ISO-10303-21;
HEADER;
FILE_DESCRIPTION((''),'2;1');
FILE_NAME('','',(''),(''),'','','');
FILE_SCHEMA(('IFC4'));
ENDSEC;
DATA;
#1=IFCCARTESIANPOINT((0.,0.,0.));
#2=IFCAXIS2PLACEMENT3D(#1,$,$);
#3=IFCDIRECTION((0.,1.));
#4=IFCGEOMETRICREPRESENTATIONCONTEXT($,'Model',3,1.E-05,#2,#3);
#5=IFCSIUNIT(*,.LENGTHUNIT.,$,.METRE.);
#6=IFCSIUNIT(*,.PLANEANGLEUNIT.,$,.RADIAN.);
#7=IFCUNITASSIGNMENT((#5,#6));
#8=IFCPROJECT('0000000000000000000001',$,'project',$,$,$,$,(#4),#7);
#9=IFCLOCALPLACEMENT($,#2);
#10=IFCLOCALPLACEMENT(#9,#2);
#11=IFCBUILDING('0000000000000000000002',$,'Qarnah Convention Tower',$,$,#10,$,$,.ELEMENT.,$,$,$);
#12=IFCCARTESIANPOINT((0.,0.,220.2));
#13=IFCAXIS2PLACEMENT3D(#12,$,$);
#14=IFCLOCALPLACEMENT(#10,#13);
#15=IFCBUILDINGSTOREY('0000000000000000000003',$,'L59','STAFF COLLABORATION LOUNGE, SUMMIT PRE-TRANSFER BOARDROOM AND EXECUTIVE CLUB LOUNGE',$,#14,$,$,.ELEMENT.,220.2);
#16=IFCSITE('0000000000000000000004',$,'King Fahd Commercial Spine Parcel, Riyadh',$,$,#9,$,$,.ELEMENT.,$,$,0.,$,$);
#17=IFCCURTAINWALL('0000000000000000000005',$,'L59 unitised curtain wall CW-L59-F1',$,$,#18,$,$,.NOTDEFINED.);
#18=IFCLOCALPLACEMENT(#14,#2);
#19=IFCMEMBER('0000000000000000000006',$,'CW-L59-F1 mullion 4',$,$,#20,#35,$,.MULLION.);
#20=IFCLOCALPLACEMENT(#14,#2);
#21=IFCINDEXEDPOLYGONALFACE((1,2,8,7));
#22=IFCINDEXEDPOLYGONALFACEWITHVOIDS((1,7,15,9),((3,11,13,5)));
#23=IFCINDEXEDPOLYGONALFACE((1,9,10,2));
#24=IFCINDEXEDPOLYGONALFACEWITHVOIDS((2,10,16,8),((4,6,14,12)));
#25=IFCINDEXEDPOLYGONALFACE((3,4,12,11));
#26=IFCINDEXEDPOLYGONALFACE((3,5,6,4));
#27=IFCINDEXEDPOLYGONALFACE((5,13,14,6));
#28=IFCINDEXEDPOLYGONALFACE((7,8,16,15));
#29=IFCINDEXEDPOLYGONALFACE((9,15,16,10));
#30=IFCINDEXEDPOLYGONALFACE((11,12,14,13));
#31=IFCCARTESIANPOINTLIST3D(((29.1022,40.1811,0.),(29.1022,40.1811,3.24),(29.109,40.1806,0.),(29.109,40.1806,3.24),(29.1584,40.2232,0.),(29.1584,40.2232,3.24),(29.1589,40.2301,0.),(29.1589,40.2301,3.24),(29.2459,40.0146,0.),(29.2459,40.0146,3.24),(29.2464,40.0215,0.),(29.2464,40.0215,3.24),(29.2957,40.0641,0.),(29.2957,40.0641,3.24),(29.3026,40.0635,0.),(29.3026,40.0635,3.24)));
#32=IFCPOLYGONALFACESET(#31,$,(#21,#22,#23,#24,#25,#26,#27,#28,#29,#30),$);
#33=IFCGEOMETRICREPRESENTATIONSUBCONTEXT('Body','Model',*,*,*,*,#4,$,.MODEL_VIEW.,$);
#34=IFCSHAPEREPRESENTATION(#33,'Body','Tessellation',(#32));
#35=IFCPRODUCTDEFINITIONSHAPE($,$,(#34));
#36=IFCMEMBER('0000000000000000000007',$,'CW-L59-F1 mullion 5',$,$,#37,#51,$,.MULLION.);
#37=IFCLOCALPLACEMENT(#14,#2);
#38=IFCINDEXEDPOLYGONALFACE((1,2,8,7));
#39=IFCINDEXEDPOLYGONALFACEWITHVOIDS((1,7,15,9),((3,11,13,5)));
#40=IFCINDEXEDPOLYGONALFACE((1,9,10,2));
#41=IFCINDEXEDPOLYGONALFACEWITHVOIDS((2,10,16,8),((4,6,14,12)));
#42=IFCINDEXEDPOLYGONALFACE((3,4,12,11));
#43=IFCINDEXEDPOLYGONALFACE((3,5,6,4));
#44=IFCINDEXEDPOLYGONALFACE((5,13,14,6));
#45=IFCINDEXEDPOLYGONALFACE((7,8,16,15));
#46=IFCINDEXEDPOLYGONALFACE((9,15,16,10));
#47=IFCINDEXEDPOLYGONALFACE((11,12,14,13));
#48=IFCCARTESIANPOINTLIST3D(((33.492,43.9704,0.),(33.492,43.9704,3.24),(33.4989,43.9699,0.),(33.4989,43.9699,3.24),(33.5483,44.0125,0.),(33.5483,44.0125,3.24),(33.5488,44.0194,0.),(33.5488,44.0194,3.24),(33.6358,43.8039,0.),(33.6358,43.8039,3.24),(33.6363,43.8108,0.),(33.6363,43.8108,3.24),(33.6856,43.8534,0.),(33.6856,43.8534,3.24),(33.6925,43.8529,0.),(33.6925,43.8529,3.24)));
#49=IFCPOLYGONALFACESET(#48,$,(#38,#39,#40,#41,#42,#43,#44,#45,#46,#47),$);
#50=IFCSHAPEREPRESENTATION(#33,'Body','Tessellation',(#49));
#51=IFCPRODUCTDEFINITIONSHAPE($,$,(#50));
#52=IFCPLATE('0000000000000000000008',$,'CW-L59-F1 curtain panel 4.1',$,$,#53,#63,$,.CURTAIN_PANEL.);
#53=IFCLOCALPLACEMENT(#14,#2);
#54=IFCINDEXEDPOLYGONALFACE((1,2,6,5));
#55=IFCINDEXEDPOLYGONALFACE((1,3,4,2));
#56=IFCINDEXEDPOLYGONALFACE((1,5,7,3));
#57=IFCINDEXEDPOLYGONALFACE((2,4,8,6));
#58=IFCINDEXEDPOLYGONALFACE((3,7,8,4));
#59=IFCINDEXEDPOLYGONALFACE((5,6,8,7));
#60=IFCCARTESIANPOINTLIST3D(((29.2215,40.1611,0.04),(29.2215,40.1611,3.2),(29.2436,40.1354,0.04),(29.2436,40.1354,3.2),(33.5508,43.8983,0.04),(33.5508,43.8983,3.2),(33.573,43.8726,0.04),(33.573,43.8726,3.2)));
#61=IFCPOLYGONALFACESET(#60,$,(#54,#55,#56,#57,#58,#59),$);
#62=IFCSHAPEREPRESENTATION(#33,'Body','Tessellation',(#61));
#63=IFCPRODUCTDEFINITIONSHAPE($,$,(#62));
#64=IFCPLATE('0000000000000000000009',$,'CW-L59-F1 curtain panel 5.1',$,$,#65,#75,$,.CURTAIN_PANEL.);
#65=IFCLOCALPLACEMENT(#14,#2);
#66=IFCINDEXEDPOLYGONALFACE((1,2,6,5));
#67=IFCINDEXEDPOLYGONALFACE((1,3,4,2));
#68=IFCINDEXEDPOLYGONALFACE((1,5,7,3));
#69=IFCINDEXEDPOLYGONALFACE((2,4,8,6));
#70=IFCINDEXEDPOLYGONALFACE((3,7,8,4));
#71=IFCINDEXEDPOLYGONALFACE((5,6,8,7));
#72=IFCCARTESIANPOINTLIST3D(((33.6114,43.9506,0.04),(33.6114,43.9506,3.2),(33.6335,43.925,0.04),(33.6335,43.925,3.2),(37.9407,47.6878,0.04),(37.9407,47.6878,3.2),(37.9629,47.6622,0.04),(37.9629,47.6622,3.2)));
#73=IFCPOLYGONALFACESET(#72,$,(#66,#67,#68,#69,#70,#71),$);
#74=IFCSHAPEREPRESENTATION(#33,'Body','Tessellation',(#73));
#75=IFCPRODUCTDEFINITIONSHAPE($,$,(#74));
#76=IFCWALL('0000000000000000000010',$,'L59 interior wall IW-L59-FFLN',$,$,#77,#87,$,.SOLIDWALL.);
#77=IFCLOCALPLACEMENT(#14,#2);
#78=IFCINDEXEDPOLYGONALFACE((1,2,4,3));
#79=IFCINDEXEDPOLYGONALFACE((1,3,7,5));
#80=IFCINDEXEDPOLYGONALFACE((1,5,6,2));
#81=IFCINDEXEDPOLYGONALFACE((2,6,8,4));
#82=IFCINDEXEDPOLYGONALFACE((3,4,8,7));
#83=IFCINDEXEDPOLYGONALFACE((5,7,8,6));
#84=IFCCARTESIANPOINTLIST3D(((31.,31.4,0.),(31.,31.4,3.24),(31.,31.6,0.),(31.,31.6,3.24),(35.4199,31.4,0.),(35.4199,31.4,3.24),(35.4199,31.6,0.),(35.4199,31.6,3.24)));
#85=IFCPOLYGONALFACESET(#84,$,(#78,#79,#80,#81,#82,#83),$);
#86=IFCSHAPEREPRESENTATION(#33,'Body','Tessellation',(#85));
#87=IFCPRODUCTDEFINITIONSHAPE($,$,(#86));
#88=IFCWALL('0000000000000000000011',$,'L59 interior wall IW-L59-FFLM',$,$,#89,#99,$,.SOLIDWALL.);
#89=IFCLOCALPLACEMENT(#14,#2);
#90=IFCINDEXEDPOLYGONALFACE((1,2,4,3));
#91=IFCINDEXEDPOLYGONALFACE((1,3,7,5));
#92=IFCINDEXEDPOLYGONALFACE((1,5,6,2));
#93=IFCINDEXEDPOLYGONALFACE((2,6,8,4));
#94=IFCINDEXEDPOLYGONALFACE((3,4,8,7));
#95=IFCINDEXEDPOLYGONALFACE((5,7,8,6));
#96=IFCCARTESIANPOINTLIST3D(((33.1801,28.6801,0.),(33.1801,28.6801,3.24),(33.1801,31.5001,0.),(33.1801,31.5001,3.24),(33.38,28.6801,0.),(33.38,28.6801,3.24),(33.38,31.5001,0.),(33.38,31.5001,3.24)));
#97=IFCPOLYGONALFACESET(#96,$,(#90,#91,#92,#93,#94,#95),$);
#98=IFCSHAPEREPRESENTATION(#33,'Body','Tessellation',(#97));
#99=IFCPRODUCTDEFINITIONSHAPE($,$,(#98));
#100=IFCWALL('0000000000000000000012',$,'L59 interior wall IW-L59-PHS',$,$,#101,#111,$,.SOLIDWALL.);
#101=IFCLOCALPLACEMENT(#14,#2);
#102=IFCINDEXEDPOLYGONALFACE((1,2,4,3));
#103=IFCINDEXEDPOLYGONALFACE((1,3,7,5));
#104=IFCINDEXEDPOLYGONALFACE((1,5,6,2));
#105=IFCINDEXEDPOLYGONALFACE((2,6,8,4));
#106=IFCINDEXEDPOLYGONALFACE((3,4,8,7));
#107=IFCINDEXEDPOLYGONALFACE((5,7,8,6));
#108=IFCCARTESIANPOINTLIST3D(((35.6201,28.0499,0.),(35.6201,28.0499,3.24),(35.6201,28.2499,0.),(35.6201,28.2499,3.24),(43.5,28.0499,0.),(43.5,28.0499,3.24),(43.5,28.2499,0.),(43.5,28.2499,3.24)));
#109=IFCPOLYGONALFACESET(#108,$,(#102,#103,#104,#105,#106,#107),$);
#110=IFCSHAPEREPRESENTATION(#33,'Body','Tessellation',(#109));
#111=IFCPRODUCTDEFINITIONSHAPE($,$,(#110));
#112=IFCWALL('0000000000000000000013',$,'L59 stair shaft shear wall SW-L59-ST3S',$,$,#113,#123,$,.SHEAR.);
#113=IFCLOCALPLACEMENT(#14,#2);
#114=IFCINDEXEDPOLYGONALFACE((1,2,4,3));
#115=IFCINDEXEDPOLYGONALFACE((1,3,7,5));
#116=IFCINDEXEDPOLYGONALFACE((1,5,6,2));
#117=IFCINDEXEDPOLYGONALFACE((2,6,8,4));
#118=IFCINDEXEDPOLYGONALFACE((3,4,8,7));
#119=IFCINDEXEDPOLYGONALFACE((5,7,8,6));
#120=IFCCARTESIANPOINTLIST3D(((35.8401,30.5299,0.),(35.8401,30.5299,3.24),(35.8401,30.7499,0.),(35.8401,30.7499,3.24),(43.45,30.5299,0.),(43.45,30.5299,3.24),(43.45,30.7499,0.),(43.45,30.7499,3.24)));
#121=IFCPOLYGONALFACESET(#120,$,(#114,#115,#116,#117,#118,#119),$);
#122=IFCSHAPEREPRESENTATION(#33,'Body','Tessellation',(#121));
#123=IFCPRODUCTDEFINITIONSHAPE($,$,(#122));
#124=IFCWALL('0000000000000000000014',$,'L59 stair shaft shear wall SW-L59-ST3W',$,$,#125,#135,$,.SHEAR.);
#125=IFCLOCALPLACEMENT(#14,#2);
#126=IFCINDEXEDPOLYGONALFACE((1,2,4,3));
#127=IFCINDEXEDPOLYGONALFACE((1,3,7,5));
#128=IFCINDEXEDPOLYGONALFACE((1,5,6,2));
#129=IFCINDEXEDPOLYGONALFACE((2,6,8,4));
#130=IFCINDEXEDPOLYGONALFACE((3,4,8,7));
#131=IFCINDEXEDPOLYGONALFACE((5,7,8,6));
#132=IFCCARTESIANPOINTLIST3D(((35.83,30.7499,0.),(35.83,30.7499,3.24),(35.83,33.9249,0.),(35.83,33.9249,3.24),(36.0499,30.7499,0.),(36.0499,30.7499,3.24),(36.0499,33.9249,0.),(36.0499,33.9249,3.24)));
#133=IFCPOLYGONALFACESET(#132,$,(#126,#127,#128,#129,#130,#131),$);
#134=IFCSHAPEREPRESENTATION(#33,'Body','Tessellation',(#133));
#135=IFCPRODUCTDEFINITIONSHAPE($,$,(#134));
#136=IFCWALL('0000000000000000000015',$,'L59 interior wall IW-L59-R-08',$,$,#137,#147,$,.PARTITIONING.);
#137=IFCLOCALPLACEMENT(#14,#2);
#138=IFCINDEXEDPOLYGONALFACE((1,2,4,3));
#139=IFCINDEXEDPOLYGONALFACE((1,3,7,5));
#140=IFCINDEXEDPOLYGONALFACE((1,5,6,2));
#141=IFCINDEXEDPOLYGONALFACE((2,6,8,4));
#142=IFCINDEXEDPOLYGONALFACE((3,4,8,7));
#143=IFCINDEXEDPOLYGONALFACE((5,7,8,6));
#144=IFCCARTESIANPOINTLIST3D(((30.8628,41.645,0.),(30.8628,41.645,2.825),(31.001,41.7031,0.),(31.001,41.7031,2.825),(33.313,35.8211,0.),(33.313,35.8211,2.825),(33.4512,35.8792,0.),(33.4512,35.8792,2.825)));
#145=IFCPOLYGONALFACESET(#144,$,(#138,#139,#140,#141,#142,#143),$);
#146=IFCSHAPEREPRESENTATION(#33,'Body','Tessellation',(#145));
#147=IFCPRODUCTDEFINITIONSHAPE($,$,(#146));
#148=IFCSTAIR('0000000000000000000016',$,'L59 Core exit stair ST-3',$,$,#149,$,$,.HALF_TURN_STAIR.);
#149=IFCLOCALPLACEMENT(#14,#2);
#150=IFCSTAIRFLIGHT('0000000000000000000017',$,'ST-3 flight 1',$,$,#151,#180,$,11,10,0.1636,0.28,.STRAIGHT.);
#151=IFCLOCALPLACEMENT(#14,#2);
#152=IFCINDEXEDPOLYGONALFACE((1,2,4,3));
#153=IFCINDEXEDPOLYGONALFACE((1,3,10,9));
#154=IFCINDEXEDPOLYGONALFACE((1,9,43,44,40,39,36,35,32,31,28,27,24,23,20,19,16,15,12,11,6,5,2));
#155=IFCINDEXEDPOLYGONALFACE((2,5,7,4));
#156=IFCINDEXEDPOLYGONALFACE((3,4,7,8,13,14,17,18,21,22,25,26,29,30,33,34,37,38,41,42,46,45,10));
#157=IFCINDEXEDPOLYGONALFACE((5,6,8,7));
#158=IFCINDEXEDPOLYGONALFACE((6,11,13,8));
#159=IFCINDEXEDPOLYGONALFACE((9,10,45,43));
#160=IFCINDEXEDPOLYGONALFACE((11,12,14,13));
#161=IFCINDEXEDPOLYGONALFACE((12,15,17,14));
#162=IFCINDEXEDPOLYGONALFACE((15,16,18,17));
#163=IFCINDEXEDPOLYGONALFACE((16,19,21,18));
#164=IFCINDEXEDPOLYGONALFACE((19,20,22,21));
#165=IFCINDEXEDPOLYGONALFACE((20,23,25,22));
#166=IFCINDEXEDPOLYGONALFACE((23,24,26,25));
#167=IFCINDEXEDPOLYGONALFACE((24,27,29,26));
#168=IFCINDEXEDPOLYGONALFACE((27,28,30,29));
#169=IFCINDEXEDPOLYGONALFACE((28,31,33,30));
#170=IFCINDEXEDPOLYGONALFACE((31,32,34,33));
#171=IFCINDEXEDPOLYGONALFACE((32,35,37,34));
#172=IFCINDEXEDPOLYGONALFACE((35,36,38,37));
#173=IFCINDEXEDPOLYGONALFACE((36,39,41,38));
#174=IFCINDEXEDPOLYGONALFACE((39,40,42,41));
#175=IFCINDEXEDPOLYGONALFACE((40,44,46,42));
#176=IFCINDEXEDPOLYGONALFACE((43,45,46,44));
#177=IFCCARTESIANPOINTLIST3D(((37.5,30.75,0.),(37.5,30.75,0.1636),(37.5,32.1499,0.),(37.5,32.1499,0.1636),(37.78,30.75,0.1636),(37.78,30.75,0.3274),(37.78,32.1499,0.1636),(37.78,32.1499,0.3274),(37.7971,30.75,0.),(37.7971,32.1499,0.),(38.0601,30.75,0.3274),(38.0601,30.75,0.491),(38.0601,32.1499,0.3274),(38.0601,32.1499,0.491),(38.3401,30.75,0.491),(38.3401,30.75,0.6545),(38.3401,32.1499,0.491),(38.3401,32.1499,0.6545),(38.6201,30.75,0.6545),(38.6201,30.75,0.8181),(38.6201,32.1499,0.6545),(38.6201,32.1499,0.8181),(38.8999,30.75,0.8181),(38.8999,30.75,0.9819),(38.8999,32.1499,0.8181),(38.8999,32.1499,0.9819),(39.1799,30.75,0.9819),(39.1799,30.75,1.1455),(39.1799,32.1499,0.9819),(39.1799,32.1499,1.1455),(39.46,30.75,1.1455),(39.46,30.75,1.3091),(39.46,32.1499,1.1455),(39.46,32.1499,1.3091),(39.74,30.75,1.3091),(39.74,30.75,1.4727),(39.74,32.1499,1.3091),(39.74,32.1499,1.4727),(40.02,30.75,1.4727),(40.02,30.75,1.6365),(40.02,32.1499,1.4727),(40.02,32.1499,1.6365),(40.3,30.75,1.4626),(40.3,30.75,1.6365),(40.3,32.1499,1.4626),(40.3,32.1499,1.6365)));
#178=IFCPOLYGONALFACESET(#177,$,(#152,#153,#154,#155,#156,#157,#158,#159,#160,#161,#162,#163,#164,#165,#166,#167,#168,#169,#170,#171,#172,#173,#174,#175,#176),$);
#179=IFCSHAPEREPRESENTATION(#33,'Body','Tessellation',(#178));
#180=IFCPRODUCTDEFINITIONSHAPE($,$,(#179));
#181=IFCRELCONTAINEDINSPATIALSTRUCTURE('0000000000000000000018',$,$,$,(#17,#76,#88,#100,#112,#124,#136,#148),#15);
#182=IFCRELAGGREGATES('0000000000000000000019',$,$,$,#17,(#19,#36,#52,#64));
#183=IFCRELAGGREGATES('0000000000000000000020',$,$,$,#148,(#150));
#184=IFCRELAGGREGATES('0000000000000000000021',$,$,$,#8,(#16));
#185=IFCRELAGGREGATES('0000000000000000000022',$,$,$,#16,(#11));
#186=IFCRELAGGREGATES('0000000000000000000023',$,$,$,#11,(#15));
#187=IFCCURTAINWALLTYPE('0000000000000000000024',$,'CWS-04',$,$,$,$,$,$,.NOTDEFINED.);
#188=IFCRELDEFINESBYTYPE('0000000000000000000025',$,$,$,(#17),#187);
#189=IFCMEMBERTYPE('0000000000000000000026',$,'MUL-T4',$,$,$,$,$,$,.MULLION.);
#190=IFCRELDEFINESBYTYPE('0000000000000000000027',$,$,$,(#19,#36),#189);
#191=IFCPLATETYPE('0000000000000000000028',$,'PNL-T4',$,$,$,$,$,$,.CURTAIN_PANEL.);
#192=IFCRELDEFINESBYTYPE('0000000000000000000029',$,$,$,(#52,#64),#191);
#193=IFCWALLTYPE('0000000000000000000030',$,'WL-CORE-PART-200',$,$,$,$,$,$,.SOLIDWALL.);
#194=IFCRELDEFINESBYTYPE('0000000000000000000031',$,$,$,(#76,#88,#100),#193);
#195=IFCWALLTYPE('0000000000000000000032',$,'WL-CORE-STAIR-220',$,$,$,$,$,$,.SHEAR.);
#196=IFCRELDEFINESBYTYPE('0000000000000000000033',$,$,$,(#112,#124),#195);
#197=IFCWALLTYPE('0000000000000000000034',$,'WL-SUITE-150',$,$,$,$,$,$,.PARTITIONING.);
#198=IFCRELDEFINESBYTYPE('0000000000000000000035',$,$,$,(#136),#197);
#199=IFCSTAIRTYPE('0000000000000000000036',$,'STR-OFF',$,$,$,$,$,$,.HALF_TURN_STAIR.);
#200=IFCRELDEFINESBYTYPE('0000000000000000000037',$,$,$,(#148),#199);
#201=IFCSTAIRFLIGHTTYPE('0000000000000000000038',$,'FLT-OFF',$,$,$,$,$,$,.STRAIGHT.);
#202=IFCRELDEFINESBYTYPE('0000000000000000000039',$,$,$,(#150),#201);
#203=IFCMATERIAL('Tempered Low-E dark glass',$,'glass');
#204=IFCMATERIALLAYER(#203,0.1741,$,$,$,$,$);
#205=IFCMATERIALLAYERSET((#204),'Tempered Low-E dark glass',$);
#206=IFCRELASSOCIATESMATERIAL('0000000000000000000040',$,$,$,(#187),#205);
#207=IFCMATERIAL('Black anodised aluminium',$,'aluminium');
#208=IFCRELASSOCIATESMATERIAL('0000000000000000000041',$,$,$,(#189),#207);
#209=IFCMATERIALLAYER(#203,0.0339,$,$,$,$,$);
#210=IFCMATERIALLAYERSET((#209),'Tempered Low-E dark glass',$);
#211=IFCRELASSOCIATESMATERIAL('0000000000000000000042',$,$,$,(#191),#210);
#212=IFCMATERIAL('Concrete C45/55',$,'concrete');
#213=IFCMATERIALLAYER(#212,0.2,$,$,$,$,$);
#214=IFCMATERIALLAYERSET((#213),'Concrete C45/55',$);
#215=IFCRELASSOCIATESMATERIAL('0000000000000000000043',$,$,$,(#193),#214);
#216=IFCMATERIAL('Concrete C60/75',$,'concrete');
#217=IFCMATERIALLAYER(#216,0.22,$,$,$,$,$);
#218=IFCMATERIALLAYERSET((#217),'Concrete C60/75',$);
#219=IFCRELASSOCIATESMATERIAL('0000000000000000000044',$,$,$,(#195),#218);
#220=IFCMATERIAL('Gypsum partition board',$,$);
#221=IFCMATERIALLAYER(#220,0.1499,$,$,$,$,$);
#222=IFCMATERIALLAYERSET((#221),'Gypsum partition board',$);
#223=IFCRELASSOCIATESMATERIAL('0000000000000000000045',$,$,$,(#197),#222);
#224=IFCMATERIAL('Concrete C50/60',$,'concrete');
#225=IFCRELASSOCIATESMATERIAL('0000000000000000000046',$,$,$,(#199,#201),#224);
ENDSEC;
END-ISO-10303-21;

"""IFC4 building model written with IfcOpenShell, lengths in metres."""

from ifc_helpers import new_model, si_unit, direction, frame, frame_2d, origin, origin_2d, place, context, subcontext, project, spatial, polyline, rectangle, hollow_rectangle, outline, extrude, material, layer, layer_set, material_profile, profile_set, type_object, element, aggregate, save


model = new_model("IFC4")

# Units and contexts
model_context = context("Model", 3, precision=1e-05, world=origin(), true_north=direction((0.0, 1.0)))
body_context = subcontext(model_context, "Body", "Model", "MODEL_VIEW")
ifc_project = project(units=[si_unit("LENGTHUNIT", "METRE"), si_unit("PLANEANGLEUNIT", "RADIAN")], contexts=[model_context])

# Site, building, storey
site_placement = place(None, origin())
site = spatial("IfcSite", under=ifc_project, at=site_placement, Name="King Fahd Commercial Spine Parcel, Riyadh", CompositionType="ELEMENT", RefElevation=0.0)
building_placement = place(site_placement, origin())
building = spatial("IfcBuilding", under=site, at=building_placement, Name="Qarnah Convention Tower", CompositionType="ELEMENT")
storey_placement = place(building_placement, frame((0.0, 0.0, 220.2)))
storey = spatial("IfcBuildingStorey", under=building, at=storey_placement, Name="L59", Description="STAFF COLLABORATION LOUNGE, SUMMIT PRE-TRANSFER BOARDROOM AND EXECUTIVE CLUB LOUNGE", CompositionType="ELEMENT", Elevation=220.2)

# Shared definitions
ifc_material_1 = material(Name="Concrete C50/60", Category="concrete")

# Curtain wall, members, plates
ifc_material_2 = material(Name="Tempered Low-E dark glass", Category="glass")
ifc_layer_1 = layer(ifc_material_2, 0.1741)
ifc_layer_set_1 = layer_set([ifc_layer_1], Name="Tempered Low-E dark glass")
curtain_wall_type = type_object("IfcCurtainWallType", Name="CWS-04", PredefinedType="NOTDEFINED", material=ifc_layer_set_1)
curtain_wall_placement = place(storey_placement, origin())
curtain_wall = element("IfcCurtainWall", 1, at=curtain_wall_placement, inside=storey, type_object=curtain_wall_type, Name="L59 unitised curtain wall CW-L59-F1", PredefinedType="NOTDEFINED")
ifc_material_3 = material(Name="Black anodised aluminium", Category="aluminium")
ifc_material_profile_1 = material_profile(ifc_material_3, hollow_rectangle(XDim=0.075, YDim=0.22, WallThickness=0.0049, at=origin_2d()), Name="MUL-75X220")
ifc_profile_set_1 = profile_set([ifc_material_profile_1], Name="Black anodised aluminium")
member_type = type_object("IfcMemberType", Name="MUL-T4", PredefinedType="MULLION", material=ifc_profile_set_1)
member_1_placement = place(storey_placement, frame((29.2024, 40.1223, 0.0), z_axis=(0.0, 0.0, 1.0), x_axis=(0.756976, 0.653443, 0.0)))
member_1 = element("IfcMember", 2, at=member_1_placement, type_object=member_type, Name="CW-L59-F1 mullion 4", PredefinedType="MULLION", context=body_context, shape_type="SweptSolid", body=[
    extrude(hollow_rectangle(XDim=0.075, YDim=0.22, WallThickness=0.0049, at=origin_2d()), origin(), (0.0, 0.0, 1.0), 3.24),
])
member_2_placement = place(storey_placement, frame((33.5923, 43.9116, 0.0), z_axis=(0.0, 0.0, 1.0), x_axis=(0.756976, 0.653443, 0.0)))
member_2 = element("IfcMember", 3, at=member_2_placement, type_object=member_type, Name="CW-L59-F1 mullion 5", PredefinedType="MULLION", context=body_context, shape_type="SweptSolid", body=[
    extrude(hollow_rectangle(XDim=0.075, YDim=0.22, WallThickness=0.0049, at=origin_2d()), origin(), (0.0, 0.0, 1.0), 3.24),
])
ifc_layer_2 = layer(ifc_material_2, 0.0339)
ifc_layer_set_2 = layer_set([ifc_layer_2], Name="Tempered Low-E dark glass")
plate_type = type_object("IfcPlateType", Name="PNL-T4", PredefinedType="CURTAIN_PANEL", material=ifc_layer_set_2)
plate_1_placement = place(storey_placement, frame((31.3972, 42.0168, 0.04), z_axis=(0.0, 0.0, 1.0), x_axis=(0.756976, 0.653443, 0.0)))
plate_1 = element("IfcPlate", 4, at=plate_1_placement, type_object=plate_type, Name="CW-L59-F1 curtain panel 4.1", PredefinedType="CURTAIN_PANEL", context=body_context, shape_type="SweptSolid", body=[
    extrude(rectangle(XDim=5.7192, YDim=0.0339, at=origin_2d()), origin(), (0.0, 0.0, 1.0), 3.1599),
])
plate_2_placement = place(storey_placement, frame((35.7871, 45.8064, 0.04), z_axis=(0.0, 0.0, 1.0), x_axis=(0.756976, 0.653443, 0.0)))
plate_2 = element("IfcPlate", 5, at=plate_2_placement, type_object=plate_type, Name="CW-L59-F1 curtain panel 5.1", PredefinedType="CURTAIN_PANEL", context=body_context, shape_type="SweptSolid", body=[
    extrude(rectangle(XDim=5.7192, YDim=0.0339, at=origin_2d()), origin(), (0.0, 0.0, 1.0), 3.1599),
])
aggregate(curtain_wall, [member_1, member_2, plate_1, plate_2])

# Shared definitions
ifc_material_4 = material(Name="Concrete C45/55", Category="concrete")
ifc_layer_3 = layer(ifc_material_4, 0.2)
ifc_layer_set_3 = layer_set([ifc_layer_3], Name="Concrete C45/55")
wall_type_1 = type_object("IfcWallType", Name="WL-CORE-PART-200", PredefinedType="SOLIDWALL", material=ifc_layer_set_3)

# Walls
wall_1_placement = place(storey_placement, frame((31.0, 31.5, 0.0), z_axis=(0.0, 0.0, 1.0), x_axis=(1.0, 0.0, 0.0)))
element("IfcWall", 6, at=wall_1_placement, inside=storey, type_object=wall_type_1, Name="L59 interior wall IW-L59-FFLN", PredefinedType="SOLIDWALL", context=body_context, shape_type="SweptSolid", body=[
    extrude(rectangle(XDim=4.4199, YDim=0.2, at=frame_2d((2.21, 0.0))), origin(), (0.0, 0.0, 1.0), 3.24),
])
wall_2_placement = place(storey_placement, frame((33.28, 28.6799, 0.0), z_axis=(0.0, 0.0, 1.0), x_axis=(0.0, 1.0, 0.0)))
element("IfcWall", 7, at=wall_2_placement, inside=storey, type_object=wall_type_1, Name="L59 interior wall IW-L59-FFLM", PredefinedType="SOLIDWALL", context=body_context, shape_type="SweptSolid", body=[
    extrude(rectangle(XDim=2.8201, YDim=0.2, at=frame_2d((1.4102, 0.0))), origin(), (0.0, 0.0, 1.0), 3.24),
])
wall_3_placement = place(storey_placement, frame((35.6201, 28.1499, 0.0), z_axis=(0.0, 0.0, 1.0), x_axis=(1.0, 0.0, 0.0)))
element("IfcWall", 8, at=wall_3_placement, inside=storey, type_object=wall_type_1, Name="L59 interior wall IW-L59-PHS", PredefinedType="SOLIDWALL", context=body_context, shape_type="SweptSolid", body=[
    extrude(rectangle(XDim=7.8799, YDim=0.2, at=frame_2d((3.9399, 0.0))), origin(), (0.0, 0.0, 1.0), 3.24),
])

# Walls
ifc_material_5 = material(Name="Concrete C60/75", Category="concrete")
ifc_layer_4 = layer(ifc_material_5, 0.22)
ifc_layer_set_4 = layer_set([ifc_layer_4], Name="Concrete C60/75")
wall_type_2 = type_object("IfcWallType", Name="WL-CORE-STAIR-220", PredefinedType="SHEAR", material=ifc_layer_set_4)
wall_4_placement = place(storey_placement, frame((35.8401, 30.6399, 0.0), z_axis=(0.0, 0.0, 1.0), x_axis=(1.0, 0.0, 0.0)))
element("IfcWall", 9, at=wall_4_placement, inside=storey, type_object=wall_type_2, Name="L59 stair shaft shear wall SW-L59-ST3S", PredefinedType="SHEAR", context=body_context, shape_type="SweptSolid", body=[
    extrude(rectangle(XDim=7.6099, YDim=0.22, at=frame_2d((3.8049, 0.0))), origin(), (0.0, 0.0, 1.0), 3.24),
])
wall_5_placement = place(storey_placement, frame((35.9399, 30.75, 0.0), z_axis=(0.0, 0.0, 1.0), x_axis=(0.0, 1.0, 0.0)))
element("IfcWall", 10, at=wall_5_placement, inside=storey, type_object=wall_type_2, Name="L59 stair shaft shear wall SW-L59-ST3W", PredefinedType="SHEAR", context=body_context, shape_type="SweptSolid", body=[
    extrude(rectangle(XDim=3.175, YDim=0.22, at=frame_2d((1.5874, 0.0))), origin(), (0.0, 0.0, 1.0), 3.24),
])
ifc_material_6 = material(Name="Gypsum partition board")
ifc_layer_5 = layer(ifc_material_6, 0.1499)
ifc_layer_set_5 = layer_set([ifc_layer_5], Name="Gypsum partition board")
wall_type_3 = type_object("IfcWallType", Name="WL-SUITE-150", PredefinedType="PARTITIONING", material=ifc_layer_set_5)
wall_6_placement = place(storey_placement, frame((30.9319, 41.6741, 0.0), z_axis=(0.0, 0.0, 1.0), x_axis=(0.387788, -0.921749, 0.0)))
element("IfcWall", 11, at=wall_6_placement, inside=storey, type_object=wall_type_3, Name="L59 interior wall IW-L59-R-08", PredefinedType="PARTITIONING", context=body_context, shape_type="SweptSolid", body=[
    extrude(rectangle(XDim=6.3184, YDim=0.1499, at=frame_2d((3.1592, 0.0))), origin(), (0.0, 0.0, 1.0), 2.825),
])

# Stair, stair flight
stair_type = type_object("IfcStairType", Name="STR-OFF", PredefinedType="HALF_TURN_STAIR", material=ifc_material_1)
stair_placement = place(storey_placement, origin())
stair = element("IfcStair", 12, at=stair_placement, inside=storey, type_object=stair_type, Name="L59 Core exit stair ST-3", PredefinedType="HALF_TURN_STAIR")
stair_flight_type = type_object("IfcStairFlightType", Name="FLT-OFF", PredefinedType="STRAIGHT", material=ifc_material_1)
stair_flight_placement = place(storey_placement, frame((37.5, 31.45, 0.0), z_axis=(0.0, 0.0, 1.0), x_axis=(1.0, 0.0, 0.0)))
stair_flight = element("IfcStairFlight", 13, at=stair_flight_placement, type_object=stair_flight_type, Name="ST-3 flight 1", NumberOfRisers=11, NumberOfTreads=10, PredefinedType="STRAIGHT", RiserHeight=0.1636, TreadLength=0.28, context=body_context, shape_type="SweptSolid", body=[
    extrude(outline(polyline([(0.0, 0.0), (0.0, 0.1636), (0.28, 0.1636), (0.28, 0.3274), (0.5601, 0.3274), (0.5601, 0.491), (0.8401, 0.491), (0.8401, 0.6545), (1.1201, 0.6545), (1.1201, 0.8181), (1.3999, 0.8181), (1.3999, 0.9819), (1.6799, 0.9819), (1.6799, 1.1455), (1.96, 1.1455), (1.96, 1.3091), (2.24, 1.3091), (2.24, 1.4727), (2.52, 1.4727), (2.52, 1.6365), (2.8, 1.6365), (2.8, 1.8), (2.8, 1.4626), (0.2971, 0.0), (0.0, 0.0)])), frame((0.0, 0.7, 0.0), z_axis=(0.0, -1.0, 0.0), x_axis=(1.0, 0.0, 0.0)), (0.0, 0.0, 1.0), 1.3999),
])
aggregate(stair, [stair_flight])

save(model, "model.ifc")
